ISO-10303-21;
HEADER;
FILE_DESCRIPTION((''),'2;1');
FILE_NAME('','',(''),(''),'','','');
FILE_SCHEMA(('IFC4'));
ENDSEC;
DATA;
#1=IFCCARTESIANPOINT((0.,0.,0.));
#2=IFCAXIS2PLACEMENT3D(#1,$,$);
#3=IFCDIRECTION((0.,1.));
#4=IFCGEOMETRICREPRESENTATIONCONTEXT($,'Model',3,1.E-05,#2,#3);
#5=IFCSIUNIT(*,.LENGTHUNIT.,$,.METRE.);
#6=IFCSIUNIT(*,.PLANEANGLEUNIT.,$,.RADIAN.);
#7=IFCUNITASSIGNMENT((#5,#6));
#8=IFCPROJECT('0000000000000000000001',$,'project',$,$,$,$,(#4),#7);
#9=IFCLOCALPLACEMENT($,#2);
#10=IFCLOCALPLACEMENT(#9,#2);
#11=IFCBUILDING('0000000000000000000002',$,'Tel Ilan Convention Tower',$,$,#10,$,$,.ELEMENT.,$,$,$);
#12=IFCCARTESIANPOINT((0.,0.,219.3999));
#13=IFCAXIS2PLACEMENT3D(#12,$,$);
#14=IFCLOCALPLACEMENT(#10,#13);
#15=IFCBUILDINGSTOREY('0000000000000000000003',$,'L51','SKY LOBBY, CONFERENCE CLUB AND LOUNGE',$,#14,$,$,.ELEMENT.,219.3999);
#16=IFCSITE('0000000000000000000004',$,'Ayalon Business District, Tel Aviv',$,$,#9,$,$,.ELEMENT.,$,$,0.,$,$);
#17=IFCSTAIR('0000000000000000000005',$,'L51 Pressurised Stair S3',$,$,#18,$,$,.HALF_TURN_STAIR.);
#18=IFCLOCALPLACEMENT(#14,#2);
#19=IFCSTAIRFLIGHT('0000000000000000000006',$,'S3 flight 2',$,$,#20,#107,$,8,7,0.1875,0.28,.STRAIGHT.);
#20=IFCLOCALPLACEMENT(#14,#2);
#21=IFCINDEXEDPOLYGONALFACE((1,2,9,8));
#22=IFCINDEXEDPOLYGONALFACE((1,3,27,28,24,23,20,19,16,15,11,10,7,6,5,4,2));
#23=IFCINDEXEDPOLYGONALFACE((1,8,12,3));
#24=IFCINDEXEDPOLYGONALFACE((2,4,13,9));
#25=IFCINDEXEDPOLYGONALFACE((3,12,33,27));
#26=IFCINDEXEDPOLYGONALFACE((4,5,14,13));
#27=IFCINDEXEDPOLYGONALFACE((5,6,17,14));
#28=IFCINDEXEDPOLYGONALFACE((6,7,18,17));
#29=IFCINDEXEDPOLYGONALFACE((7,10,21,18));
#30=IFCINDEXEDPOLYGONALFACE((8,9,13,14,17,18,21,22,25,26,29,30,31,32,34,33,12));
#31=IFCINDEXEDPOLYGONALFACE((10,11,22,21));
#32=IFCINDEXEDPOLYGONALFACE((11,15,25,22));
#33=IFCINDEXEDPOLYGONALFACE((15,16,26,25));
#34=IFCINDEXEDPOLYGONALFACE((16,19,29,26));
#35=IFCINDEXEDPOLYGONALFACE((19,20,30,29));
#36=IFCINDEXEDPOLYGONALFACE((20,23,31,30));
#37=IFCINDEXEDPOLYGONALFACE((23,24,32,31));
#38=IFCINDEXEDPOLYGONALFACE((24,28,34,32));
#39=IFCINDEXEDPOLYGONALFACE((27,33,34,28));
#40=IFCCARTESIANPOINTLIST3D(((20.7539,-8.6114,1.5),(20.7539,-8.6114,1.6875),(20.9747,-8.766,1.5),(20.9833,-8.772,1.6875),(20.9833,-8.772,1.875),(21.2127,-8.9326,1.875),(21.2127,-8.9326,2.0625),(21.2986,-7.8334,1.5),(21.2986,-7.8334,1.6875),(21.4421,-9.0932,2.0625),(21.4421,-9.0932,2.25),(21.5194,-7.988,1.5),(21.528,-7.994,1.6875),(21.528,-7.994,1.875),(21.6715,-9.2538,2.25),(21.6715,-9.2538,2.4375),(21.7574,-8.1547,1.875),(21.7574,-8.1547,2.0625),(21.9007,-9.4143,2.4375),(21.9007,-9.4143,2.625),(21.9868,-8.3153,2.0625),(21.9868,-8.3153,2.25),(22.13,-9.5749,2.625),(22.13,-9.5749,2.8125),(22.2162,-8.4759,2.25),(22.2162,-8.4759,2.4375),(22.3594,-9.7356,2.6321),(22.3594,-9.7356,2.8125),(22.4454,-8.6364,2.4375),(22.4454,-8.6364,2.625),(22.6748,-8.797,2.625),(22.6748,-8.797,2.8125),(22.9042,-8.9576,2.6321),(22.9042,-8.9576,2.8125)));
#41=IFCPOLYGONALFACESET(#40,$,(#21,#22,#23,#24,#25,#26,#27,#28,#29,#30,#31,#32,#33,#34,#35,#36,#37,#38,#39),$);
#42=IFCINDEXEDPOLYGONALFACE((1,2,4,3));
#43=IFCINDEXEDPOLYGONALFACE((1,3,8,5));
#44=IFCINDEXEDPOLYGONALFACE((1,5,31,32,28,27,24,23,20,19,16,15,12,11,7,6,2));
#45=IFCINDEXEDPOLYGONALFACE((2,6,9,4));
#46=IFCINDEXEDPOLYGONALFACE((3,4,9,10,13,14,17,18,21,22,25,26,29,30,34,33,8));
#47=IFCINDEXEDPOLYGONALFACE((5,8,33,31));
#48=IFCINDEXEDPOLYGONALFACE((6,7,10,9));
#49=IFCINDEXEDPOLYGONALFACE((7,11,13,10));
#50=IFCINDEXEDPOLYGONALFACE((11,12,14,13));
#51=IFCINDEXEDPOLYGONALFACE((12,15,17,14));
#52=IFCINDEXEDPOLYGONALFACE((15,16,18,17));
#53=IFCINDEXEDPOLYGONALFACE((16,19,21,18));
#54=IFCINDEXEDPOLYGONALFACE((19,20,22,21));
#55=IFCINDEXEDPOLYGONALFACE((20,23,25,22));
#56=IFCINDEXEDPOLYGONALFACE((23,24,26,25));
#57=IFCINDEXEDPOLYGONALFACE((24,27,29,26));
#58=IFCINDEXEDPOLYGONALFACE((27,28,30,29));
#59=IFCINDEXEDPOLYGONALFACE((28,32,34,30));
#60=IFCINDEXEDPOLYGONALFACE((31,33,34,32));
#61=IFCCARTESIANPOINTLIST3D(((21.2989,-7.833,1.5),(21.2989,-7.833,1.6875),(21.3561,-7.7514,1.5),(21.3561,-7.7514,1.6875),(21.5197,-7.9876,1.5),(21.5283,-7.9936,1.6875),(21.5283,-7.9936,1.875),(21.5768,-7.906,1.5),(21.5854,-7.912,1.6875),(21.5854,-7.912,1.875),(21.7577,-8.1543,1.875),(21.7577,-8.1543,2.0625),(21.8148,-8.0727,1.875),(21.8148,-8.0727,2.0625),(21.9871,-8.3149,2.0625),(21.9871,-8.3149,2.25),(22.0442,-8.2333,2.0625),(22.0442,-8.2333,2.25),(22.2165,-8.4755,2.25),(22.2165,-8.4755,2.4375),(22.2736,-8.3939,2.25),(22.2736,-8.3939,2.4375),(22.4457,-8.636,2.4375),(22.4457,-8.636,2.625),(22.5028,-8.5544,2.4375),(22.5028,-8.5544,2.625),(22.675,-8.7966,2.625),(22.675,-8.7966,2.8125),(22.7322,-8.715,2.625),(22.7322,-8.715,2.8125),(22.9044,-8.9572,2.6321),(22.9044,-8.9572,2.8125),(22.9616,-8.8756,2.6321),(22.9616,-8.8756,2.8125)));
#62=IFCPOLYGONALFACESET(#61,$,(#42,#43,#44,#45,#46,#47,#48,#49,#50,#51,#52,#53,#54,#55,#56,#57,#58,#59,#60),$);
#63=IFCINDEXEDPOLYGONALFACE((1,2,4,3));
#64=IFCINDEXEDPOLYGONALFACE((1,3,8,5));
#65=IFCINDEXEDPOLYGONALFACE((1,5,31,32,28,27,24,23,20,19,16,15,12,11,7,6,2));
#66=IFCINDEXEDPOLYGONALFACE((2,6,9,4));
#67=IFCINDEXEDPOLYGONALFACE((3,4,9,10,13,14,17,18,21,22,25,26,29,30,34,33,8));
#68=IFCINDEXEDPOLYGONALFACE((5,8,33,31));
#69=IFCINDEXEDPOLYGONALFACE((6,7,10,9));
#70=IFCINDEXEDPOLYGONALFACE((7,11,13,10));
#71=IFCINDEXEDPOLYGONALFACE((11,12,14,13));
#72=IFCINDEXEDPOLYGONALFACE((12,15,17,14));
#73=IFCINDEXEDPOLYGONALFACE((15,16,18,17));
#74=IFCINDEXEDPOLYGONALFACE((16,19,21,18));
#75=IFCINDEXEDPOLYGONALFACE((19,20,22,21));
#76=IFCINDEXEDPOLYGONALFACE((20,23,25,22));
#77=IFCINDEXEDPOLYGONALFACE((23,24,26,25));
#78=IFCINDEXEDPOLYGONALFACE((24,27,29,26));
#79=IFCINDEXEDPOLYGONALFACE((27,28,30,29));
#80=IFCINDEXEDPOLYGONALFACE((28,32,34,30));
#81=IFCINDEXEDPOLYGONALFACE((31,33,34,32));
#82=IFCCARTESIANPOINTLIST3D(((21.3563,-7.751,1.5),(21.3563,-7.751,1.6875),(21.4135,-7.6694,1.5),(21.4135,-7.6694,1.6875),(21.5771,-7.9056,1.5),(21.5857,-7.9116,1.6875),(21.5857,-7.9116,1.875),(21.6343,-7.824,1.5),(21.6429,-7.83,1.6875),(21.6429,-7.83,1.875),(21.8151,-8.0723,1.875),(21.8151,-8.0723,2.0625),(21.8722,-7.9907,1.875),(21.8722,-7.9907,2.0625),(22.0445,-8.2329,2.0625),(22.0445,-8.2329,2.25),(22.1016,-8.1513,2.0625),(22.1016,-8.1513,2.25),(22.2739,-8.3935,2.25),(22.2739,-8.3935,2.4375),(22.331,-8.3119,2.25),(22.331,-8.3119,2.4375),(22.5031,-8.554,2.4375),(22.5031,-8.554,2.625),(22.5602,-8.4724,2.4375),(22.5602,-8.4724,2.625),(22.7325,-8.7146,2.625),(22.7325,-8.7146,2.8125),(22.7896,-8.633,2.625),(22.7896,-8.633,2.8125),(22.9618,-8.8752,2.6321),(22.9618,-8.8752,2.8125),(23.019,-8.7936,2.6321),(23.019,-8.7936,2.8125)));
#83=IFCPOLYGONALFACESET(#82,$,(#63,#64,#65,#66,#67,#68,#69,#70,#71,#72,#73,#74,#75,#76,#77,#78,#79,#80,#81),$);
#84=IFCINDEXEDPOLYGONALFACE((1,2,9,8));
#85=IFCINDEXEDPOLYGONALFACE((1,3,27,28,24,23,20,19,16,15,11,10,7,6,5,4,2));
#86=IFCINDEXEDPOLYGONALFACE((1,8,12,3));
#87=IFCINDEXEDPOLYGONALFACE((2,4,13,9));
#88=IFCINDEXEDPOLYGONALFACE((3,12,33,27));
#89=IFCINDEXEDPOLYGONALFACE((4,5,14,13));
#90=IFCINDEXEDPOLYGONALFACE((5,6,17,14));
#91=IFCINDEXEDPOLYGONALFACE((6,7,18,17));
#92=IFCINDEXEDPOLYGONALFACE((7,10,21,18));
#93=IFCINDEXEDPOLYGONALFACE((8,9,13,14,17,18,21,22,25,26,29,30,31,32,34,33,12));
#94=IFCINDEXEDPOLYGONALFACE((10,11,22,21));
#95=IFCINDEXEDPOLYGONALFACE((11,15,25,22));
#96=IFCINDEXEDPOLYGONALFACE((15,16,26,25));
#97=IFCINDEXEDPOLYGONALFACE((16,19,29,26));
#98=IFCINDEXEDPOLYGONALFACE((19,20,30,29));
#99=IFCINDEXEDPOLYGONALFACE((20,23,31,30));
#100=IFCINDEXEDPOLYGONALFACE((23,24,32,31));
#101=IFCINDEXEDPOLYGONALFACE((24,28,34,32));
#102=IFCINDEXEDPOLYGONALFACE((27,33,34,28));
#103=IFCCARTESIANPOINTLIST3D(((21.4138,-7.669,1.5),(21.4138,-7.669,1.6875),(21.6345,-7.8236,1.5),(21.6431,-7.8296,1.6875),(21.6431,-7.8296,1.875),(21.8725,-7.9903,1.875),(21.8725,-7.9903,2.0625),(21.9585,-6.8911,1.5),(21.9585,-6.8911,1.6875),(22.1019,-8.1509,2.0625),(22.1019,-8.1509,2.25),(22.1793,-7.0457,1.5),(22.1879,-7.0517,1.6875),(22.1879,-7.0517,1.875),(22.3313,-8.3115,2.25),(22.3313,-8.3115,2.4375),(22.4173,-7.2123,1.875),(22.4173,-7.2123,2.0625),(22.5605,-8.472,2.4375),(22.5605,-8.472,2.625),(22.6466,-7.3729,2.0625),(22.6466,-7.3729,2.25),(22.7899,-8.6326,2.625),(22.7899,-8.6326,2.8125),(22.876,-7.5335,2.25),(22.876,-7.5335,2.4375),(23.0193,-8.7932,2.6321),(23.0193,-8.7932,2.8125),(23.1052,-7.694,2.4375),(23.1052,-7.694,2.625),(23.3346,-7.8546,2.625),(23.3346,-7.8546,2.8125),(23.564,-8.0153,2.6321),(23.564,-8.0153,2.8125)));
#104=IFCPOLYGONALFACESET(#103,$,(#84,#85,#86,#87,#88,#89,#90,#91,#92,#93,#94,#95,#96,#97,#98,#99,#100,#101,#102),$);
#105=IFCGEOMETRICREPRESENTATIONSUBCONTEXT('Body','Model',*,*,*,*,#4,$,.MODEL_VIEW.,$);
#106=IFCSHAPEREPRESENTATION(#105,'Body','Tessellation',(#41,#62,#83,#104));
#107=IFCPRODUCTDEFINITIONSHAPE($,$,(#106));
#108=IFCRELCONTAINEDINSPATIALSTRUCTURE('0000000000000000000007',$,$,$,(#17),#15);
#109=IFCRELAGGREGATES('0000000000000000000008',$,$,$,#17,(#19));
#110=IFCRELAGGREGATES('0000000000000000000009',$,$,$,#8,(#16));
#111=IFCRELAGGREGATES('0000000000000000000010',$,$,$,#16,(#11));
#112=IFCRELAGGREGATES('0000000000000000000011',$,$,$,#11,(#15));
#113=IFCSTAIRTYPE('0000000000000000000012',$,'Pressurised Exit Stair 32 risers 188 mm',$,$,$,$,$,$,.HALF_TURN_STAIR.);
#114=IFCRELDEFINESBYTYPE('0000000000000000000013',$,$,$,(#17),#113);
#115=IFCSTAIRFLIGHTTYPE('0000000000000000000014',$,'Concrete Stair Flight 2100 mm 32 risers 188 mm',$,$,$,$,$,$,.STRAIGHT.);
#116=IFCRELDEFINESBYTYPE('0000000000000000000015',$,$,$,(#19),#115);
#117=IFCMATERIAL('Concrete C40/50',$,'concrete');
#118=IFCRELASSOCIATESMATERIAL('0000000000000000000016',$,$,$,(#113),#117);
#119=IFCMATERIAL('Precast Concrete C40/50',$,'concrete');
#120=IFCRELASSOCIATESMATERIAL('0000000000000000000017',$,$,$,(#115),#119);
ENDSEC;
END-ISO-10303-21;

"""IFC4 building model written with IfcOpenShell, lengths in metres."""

from ifc_helpers import new_model, si_unit, direction, frame, origin, place, context, subcontext, project, spatial, polyline, outline, extrude, material, type_object, element, aggregate, save


model = new_model("IFC4")

# Units and contexts
model_context = context("Model", 3, precision=1e-05, world=origin(), true_north=direction((0.0, 1.0)))
body_context = subcontext(model_context, "Body", "Model", "MODEL_VIEW")
ifc_project = project(units=[si_unit("LENGTHUNIT", "METRE"), si_unit("PLANEANGLEUNIT", "RADIAN")], contexts=[model_context])

# Site, building, storey
site_placement = place(None, origin())
site = spatial("IfcSite", under=ifc_project, at=site_placement, Name="Ayalon Business District, Tel Aviv", CompositionType="ELEMENT", RefElevation=0.0)
building_placement = place(site_placement, origin())
building = spatial("IfcBuilding", under=site, at=building_placement, Name="Tel Ilan Convention Tower", CompositionType="ELEMENT")
storey_placement = place(building_placement, frame((0.0, 0.0, 219.3999)))
storey = spatial("IfcBuildingStorey", under=building, at=storey_placement, Name="L51", Description="SKY LOBBY, CONFERENCE CLUB AND LOUNGE", CompositionType="ELEMENT", Elevation=219.3999)

# Stair, stair flight
ifc_material_1 = material(Name="Concrete C40/50", Category="concrete")
stair_type = type_object("IfcStairType", Name="Pressurised Exit Stair 32 risers 188 mm", PredefinedType="HALF_TURN_STAIR", material=ifc_material_1)
stair_1_placement = place(storey_placement, origin())
stair_1 = element("IfcStair", 1, at=stair_1_placement, inside=storey, type_object=stair_type, Name="L51 Pressurised Stair S3", PredefinedType="HALF_TURN_STAIR")
ifc_material_2 = material(Name="Precast Concrete C40/50", Category="concrete")
stair_flight_type = type_object("IfcStairFlightType", Name="Concrete Stair Flight 2100 mm 32 risers 188 mm", PredefinedType="STRAIGHT", material=ifc_material_2)
stair_flight_1_placement = place(storey_placement, frame((21.3562, -7.7512, 1.5), z_axis=(0.0, 0.0, 1.0), x_axis=(0.819152, -0.573576, 0.0)))
stair_flight_1 = element("IfcStairFlight", 2, at=stair_flight_1_placement, type_object=stair_flight_type, Name="S3 flight 2", NumberOfRisers=8, NumberOfTreads=7, PredefinedType="STRAIGHT", RiserHeight=0.1875, TreadLength=0.28, context=body_context, shape_type="SweptSolid", body=[
    extrude(outline(polyline([(0.0, 0.0), (0.0, 0.1875), (0.28, 0.1875), (0.28, 0.375), (0.5601, 0.375), (0.5601, 0.5625), (0.8401, 0.5625), (0.8401, 0.75), (1.1201, 0.75), (1.1201, 0.9375), (1.3999, 0.9375), (1.3999, 1.125), (1.6799, 1.125), (1.6799, 1.3125), (1.96, 1.3125), (1.96, 1.5), (1.96, 1.1321), (0.2695, 0.0), (0.0, 0.0)])), frame((0.0, -0.1003, 0.0), z_axis=(0.0, -1.0, 0.0), x_axis=(1.0, 0.0, 0.0)), (0.0, 0.0, 1.0), 0.9497),
    extrude(outline(polyline([(0.0, 0.0), (0.0, 0.1875), (0.28, 0.1875), (0.28, 0.375), (0.5601, 0.375), (0.5601, 0.5625), (0.8401, 0.5625), (0.8401, 0.75), (1.1201, 0.75), (1.1201, 0.9375), (1.3999, 0.9375), (1.3999, 1.125), (1.6799, 1.125), (1.6799, 1.3125), (1.96, 1.3125), (1.96, 1.5), (1.96, 1.1321), (0.2695, 0.0), (0.0, 0.0)])), frame((0.0, -0.0002, 0.0), z_axis=(0.0, -1.0, 0.0), x_axis=(1.0, 0.0, 0.0)), (0.0, 0.0, 1.0), 0.0996),
    extrude(outline(polyline([(0.0, 0.0), (0.0, 0.1875), (0.28, 0.1875), (0.28, 0.375), (0.5601, 0.375), (0.5601, 0.5625), (0.8401, 0.5625), (0.8401, 0.75), (1.1201, 0.75), (1.1201, 0.9375), (1.3999, 0.9375), (1.3999, 1.125), (1.6799, 1.125), (1.6799, 1.3125), (1.96, 1.3125), (1.96, 1.5), (1.96, 1.1321), (0.2695, 0.0), (0.0, 0.0)])), frame((0.0, 0.0999, 0.0), z_axis=(0.0, -1.0, 0.0), x_axis=(1.0, 0.0, 0.0)), (0.0, 0.0, 1.0), 0.0996),
    extrude(outline(polyline([(0.0, 0.0), (0.0, 0.1875), (0.28, 0.1875), (0.28, 0.375), (0.5601, 0.375), (0.5601, 0.5625), (0.8401, 0.5625), (0.8401, 0.75), (1.1201, 0.75), (1.1201, 0.9375), (1.3999, 0.9375), (1.3999, 1.125), (1.6799, 1.125), (1.6799, 1.3125), (1.96, 1.3125), (1.96, 1.5), (1.96, 1.1321), (0.2695, 0.0), (0.0, 0.0)])), frame((0.0, 1.05, 0.0), z_axis=(0.0, -1.0, 0.0), x_axis=(1.0, 0.0, 0.0)), (0.0, 0.0, 1.0), 0.9497),
])
aggregate(stair_1, [stair_flight_1])

save(model, "model.ifc")
